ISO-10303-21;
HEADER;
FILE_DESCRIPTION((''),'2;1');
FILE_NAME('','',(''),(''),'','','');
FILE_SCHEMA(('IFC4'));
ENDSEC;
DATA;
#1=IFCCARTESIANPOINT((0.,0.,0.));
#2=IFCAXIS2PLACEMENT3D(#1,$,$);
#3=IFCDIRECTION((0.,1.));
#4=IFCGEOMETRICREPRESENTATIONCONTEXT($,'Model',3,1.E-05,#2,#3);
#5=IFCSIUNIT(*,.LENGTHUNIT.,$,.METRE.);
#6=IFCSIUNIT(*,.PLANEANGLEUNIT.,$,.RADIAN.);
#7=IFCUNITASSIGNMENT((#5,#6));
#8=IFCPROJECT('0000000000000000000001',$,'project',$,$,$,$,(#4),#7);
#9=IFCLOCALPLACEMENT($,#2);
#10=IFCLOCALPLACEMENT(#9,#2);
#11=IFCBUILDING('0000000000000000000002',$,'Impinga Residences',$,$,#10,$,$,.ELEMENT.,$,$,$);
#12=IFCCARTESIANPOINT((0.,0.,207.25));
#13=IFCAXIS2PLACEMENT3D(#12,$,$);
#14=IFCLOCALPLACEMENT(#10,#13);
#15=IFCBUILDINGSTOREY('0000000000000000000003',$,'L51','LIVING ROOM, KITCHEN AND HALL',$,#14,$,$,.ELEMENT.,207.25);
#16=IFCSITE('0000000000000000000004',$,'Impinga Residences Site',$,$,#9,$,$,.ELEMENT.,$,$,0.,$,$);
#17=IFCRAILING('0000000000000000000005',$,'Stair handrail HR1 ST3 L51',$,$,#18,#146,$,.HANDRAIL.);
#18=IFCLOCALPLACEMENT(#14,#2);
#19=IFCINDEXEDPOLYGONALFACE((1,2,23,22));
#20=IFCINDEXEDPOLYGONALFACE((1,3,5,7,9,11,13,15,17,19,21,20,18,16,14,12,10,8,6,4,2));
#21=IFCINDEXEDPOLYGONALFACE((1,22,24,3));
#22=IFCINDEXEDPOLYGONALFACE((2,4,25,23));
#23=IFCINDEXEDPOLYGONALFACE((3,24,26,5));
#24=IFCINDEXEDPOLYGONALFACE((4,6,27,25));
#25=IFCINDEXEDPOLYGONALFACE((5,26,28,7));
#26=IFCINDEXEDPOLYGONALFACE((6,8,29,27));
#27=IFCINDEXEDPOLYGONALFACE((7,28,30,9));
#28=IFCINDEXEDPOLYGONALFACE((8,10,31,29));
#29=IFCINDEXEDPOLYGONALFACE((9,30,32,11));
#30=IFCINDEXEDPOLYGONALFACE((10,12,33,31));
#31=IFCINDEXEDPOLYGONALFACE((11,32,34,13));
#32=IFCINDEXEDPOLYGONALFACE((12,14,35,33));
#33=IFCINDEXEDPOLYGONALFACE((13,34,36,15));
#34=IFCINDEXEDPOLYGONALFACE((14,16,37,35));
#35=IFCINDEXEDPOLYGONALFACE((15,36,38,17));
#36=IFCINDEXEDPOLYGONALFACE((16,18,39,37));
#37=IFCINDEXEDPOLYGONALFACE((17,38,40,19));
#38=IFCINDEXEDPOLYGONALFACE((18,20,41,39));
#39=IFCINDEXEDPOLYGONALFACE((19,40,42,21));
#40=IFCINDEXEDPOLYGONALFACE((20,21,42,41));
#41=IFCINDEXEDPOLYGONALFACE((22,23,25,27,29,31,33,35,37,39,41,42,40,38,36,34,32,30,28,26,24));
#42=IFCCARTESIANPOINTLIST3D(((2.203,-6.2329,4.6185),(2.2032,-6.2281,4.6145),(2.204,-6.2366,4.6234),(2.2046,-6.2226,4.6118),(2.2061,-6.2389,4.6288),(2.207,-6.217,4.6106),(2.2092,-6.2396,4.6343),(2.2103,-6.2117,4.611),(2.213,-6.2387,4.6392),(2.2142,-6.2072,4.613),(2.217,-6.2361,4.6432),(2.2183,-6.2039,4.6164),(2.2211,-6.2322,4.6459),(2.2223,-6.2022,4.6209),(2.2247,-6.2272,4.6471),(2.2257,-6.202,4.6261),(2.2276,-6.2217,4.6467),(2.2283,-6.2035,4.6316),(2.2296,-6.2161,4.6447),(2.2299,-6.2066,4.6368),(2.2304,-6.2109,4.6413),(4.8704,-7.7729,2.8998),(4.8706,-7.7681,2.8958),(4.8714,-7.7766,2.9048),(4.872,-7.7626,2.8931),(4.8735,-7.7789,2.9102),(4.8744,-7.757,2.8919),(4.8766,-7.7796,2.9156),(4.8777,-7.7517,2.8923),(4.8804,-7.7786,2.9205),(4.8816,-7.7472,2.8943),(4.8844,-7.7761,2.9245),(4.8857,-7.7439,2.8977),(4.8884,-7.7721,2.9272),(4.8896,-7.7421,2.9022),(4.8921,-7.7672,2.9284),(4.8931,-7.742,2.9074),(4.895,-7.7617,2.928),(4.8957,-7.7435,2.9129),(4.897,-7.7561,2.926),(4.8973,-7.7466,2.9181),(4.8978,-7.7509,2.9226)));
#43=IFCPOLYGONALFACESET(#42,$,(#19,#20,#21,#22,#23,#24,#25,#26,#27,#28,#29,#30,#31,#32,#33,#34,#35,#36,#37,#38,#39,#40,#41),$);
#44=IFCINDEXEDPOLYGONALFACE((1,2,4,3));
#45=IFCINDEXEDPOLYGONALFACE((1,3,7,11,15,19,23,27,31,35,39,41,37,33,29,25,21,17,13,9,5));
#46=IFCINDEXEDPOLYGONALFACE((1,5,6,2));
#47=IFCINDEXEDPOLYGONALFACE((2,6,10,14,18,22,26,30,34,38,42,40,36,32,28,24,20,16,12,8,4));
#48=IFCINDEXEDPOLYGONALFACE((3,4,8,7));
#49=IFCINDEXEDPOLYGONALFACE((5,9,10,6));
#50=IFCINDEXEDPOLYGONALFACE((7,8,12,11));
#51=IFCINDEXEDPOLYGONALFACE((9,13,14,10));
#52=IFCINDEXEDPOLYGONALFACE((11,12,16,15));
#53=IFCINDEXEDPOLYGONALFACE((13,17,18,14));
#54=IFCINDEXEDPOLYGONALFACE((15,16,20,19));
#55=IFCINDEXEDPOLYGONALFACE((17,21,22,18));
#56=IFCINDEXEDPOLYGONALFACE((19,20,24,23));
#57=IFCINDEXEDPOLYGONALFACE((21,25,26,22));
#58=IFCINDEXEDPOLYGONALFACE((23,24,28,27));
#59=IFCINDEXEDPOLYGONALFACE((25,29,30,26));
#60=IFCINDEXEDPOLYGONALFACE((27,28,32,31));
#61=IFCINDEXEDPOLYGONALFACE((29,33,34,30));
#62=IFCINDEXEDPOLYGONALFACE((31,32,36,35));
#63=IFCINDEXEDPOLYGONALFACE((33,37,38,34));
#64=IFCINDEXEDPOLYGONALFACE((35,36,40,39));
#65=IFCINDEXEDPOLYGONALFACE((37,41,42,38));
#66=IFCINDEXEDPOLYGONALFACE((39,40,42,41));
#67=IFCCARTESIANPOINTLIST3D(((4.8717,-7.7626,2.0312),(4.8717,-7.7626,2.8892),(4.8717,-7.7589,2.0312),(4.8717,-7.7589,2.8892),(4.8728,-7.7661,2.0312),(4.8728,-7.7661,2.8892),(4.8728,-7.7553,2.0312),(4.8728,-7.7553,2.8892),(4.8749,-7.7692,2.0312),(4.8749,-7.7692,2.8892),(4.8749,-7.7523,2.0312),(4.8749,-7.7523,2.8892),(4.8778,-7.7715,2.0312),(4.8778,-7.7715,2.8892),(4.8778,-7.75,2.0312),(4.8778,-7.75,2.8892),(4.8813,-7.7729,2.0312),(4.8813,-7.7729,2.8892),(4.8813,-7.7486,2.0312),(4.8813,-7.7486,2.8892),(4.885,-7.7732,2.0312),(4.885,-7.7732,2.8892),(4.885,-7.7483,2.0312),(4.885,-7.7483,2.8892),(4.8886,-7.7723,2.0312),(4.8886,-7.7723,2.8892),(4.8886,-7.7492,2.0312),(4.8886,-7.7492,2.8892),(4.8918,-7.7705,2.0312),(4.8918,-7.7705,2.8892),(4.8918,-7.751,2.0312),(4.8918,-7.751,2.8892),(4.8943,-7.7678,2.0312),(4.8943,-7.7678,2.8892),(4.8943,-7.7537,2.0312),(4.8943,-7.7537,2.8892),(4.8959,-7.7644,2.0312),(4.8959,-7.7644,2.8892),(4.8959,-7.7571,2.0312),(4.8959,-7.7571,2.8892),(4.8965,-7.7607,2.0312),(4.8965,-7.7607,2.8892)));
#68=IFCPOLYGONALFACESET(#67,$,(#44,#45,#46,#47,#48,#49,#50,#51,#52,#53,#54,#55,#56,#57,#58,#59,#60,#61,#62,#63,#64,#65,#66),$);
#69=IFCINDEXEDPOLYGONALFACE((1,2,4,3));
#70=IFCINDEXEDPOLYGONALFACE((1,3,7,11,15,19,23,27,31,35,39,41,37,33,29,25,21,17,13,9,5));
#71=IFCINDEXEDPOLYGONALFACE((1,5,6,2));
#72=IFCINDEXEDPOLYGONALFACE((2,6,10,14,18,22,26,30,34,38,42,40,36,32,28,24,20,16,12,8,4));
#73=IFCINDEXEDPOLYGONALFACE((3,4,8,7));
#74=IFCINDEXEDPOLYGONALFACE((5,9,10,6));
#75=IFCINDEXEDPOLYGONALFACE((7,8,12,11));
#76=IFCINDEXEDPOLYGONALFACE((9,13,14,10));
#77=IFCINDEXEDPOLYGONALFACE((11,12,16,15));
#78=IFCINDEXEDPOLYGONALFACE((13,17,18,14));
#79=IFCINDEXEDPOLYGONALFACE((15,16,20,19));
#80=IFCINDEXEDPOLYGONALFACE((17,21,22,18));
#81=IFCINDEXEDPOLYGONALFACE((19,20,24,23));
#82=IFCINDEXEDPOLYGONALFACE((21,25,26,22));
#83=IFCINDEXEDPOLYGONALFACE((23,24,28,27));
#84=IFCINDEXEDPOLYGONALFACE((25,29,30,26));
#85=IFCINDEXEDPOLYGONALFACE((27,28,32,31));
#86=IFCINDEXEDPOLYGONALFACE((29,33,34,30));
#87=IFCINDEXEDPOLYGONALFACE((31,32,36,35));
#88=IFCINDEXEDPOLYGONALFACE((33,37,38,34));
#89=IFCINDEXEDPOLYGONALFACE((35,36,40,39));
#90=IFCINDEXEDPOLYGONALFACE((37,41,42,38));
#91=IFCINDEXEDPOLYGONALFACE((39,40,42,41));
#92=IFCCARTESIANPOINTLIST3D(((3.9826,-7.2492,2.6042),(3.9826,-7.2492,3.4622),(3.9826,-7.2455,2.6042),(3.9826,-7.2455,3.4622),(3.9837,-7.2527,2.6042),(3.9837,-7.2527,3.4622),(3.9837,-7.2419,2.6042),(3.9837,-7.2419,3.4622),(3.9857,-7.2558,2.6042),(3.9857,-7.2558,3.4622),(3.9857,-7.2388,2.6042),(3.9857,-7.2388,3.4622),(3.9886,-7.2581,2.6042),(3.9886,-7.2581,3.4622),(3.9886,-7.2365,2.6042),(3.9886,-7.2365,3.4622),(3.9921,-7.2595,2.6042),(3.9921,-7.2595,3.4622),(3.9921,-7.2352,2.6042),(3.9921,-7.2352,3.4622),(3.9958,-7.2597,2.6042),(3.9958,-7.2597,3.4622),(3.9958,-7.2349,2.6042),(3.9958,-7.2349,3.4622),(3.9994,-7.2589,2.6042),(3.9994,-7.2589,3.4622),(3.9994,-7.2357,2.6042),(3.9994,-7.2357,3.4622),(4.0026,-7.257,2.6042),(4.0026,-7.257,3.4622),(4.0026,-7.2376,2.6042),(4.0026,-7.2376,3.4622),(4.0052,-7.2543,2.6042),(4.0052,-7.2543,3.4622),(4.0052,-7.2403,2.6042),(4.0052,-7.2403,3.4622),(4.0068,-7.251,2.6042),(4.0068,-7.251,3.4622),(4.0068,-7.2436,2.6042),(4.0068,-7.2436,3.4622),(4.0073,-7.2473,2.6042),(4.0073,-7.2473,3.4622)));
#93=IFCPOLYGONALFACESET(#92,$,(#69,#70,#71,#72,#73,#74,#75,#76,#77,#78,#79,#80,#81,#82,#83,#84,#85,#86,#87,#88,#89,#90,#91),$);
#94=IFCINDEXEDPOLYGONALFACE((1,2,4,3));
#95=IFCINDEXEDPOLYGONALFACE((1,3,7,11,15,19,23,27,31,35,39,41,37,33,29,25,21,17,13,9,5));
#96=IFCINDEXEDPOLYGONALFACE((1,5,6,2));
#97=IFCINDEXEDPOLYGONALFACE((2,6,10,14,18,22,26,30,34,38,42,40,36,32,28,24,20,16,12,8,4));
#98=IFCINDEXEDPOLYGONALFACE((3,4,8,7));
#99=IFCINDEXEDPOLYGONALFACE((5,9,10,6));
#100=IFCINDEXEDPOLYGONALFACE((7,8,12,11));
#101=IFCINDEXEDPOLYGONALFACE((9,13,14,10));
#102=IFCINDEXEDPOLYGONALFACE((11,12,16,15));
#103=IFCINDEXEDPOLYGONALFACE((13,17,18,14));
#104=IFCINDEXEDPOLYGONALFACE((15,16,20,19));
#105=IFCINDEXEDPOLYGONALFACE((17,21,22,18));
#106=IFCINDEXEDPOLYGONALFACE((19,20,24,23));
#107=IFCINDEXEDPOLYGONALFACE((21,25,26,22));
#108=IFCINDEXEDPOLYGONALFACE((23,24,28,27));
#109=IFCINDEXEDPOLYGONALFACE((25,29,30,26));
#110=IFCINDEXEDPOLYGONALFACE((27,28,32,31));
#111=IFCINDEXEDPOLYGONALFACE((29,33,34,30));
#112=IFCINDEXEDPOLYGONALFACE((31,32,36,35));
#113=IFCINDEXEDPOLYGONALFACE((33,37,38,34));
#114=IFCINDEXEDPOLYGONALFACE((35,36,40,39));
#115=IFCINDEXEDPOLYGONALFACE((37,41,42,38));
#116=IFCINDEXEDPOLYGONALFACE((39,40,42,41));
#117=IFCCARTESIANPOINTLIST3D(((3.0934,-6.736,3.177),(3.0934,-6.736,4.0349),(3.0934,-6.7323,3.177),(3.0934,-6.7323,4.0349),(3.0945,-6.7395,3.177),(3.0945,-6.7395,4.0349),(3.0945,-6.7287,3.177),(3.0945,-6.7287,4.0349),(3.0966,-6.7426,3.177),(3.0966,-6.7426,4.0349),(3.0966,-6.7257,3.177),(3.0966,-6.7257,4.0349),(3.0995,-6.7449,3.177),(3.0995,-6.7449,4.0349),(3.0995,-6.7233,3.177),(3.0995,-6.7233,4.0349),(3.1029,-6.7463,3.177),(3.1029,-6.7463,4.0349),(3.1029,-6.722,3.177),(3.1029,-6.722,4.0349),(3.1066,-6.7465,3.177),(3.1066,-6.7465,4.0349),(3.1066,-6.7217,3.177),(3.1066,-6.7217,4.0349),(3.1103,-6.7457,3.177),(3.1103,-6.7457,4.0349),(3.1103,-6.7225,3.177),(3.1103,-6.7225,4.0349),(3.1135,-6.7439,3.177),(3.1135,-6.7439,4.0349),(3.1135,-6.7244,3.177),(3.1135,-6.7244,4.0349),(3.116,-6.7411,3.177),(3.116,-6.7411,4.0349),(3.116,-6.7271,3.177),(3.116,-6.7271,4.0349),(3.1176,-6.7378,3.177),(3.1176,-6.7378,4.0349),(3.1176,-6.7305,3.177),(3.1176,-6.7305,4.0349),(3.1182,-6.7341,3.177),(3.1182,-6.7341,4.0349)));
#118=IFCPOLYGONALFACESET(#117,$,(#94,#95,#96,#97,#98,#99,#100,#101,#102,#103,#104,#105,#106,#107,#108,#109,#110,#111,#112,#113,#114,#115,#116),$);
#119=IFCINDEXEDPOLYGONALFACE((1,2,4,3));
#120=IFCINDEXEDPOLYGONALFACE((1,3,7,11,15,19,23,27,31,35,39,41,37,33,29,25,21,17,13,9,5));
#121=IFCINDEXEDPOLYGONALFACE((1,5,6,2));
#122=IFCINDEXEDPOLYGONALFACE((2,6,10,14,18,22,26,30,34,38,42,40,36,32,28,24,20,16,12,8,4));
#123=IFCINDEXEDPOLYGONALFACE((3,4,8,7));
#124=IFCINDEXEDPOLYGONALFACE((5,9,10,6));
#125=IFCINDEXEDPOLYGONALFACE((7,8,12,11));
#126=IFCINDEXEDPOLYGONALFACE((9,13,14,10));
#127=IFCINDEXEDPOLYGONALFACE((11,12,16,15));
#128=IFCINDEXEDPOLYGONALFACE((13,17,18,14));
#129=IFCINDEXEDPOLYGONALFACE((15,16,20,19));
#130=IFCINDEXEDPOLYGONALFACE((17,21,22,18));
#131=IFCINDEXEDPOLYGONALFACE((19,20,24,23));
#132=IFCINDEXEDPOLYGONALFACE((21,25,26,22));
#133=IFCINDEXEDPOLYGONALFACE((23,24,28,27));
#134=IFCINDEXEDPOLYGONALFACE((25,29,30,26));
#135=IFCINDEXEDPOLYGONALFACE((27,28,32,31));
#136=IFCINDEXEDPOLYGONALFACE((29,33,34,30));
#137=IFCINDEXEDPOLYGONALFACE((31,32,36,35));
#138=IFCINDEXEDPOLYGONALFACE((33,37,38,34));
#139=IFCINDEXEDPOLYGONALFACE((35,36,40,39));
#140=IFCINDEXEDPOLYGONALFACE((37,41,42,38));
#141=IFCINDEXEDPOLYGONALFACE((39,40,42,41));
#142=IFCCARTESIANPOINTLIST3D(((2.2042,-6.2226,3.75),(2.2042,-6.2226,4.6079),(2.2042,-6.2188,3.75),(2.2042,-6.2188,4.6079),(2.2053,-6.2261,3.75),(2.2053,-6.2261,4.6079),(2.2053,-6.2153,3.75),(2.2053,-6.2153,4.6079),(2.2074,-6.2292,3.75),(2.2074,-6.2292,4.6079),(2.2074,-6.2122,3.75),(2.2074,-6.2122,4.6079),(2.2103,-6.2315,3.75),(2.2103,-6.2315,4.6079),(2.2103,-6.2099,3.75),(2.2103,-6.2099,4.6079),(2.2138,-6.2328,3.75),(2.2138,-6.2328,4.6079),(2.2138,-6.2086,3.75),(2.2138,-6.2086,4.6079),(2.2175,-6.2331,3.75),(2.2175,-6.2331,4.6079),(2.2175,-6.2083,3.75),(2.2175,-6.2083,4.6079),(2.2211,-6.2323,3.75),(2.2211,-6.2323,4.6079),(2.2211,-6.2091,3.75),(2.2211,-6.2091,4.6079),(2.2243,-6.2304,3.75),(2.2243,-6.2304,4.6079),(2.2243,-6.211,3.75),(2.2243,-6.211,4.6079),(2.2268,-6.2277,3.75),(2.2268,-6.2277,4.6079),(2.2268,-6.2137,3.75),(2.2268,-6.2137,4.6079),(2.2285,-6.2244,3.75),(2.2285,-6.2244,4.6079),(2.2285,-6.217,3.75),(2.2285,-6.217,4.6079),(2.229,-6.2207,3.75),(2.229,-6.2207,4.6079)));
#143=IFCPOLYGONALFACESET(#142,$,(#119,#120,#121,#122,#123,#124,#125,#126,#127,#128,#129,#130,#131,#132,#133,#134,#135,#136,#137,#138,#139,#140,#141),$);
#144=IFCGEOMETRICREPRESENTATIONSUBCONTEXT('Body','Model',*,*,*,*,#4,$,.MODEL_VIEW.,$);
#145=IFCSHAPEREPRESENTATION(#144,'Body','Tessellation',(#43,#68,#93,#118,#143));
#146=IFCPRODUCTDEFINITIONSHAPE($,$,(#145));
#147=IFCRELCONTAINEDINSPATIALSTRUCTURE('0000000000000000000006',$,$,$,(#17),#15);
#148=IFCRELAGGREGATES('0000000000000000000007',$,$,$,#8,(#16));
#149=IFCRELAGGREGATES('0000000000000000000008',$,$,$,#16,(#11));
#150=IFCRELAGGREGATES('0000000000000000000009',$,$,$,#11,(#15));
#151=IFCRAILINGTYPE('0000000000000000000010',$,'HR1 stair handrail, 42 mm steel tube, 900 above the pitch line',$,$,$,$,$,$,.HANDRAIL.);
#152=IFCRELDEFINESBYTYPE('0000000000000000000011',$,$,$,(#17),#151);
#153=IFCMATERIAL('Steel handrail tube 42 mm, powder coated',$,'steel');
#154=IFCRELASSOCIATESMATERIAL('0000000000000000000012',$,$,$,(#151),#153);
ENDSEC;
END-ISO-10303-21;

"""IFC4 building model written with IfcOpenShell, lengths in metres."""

from ifc_helpers import new_model, si_unit, direction, frame, origin, origin_2d, place, context, subcontext, project, spatial, circle, extrude, material, type_object, element, save


model = new_model("IFC4")

# Units and contexts
model_context = context("Model", 3, precision=1e-05, world=origin(), true_north=direction((0.0, 1.0)))
body_context = subcontext(model_context, "Body", "Model", "MODEL_VIEW")
ifc_project = project(units=[si_unit("LENGTHUNIT", "METRE"), si_unit("PLANEANGLEUNIT", "RADIAN")], contexts=[model_context])

# Site, building, storey
site_placement = place(None, origin())
site = spatial("IfcSite", under=ifc_project, at=site_placement, Name="Impinga Residences Site", CompositionType="ELEMENT", RefElevation=0.0)
building_placement = place(site_placement, origin())
building = spatial("IfcBuilding", under=site, at=building_placement, Name="Impinga Residences", CompositionType="ELEMENT")
storey_placement = place(building_placement, frame((0.0, 0.0, 207.25)))
storey = spatial("IfcBuildingStorey", under=building, at=storey_placement, Name="L51", Description="LIVING ROOM, KITCHEN AND HALL", CompositionType="ELEMENT", Elevation=207.25)

# Railing
ifc_material_1 = material(Name="Steel handrail tube 42 mm, powder coated", Category="steel")
railing_type_1 = type_object("IfcRailingType", Name="HR1 stair handrail, 42 mm steel tube, 900 above the pitch line", PredefinedType="HANDRAIL", material=ifc_material_1)
railing_1_placement = place(storey_placement, frame((4.884, -7.7607, 2.0312)))
element("IfcRailing", 1, at=railing_1_placement, inside=storey, type_object=railing_type_1, Name="Stair handrail HR1 ST3 L51", PredefinedType="HANDRAIL", context=body_context, shape_type="SweptSolid", body=[
    extrude(circle(Radius=0.021, at=origin_2d()), frame((0.0, 0.0, 0.8789), z_axis=(-0.756256, 0.436616, 0.487282), x_axis=(-0.499992, -0.86603, 0.0)), (0.0, 0.0, 1.0), 3.5271),
    extrude(circle(Radius=0.0125, at=origin_2d()), origin(), (0.0, 0.0, 1.0), 0.8579),
    extrude(circle(Radius=0.0125, at=origin_2d()), frame((-0.8892, 0.5134, 0.573)), (0.0, 0.0, 1.0), 0.8579),
    extrude(circle(Radius=0.0125, at=origin_2d()), frame((-1.7783, 1.0266, 1.1458)), (0.0, 0.0, 1.0), 0.8579),
    extrude(circle(Radius=0.0125, at=origin_2d()), frame((-2.6675, 1.54, 1.7188)), (0.0, 0.0, 1.0), 0.8579),
])

save(model, "model.ifc")
